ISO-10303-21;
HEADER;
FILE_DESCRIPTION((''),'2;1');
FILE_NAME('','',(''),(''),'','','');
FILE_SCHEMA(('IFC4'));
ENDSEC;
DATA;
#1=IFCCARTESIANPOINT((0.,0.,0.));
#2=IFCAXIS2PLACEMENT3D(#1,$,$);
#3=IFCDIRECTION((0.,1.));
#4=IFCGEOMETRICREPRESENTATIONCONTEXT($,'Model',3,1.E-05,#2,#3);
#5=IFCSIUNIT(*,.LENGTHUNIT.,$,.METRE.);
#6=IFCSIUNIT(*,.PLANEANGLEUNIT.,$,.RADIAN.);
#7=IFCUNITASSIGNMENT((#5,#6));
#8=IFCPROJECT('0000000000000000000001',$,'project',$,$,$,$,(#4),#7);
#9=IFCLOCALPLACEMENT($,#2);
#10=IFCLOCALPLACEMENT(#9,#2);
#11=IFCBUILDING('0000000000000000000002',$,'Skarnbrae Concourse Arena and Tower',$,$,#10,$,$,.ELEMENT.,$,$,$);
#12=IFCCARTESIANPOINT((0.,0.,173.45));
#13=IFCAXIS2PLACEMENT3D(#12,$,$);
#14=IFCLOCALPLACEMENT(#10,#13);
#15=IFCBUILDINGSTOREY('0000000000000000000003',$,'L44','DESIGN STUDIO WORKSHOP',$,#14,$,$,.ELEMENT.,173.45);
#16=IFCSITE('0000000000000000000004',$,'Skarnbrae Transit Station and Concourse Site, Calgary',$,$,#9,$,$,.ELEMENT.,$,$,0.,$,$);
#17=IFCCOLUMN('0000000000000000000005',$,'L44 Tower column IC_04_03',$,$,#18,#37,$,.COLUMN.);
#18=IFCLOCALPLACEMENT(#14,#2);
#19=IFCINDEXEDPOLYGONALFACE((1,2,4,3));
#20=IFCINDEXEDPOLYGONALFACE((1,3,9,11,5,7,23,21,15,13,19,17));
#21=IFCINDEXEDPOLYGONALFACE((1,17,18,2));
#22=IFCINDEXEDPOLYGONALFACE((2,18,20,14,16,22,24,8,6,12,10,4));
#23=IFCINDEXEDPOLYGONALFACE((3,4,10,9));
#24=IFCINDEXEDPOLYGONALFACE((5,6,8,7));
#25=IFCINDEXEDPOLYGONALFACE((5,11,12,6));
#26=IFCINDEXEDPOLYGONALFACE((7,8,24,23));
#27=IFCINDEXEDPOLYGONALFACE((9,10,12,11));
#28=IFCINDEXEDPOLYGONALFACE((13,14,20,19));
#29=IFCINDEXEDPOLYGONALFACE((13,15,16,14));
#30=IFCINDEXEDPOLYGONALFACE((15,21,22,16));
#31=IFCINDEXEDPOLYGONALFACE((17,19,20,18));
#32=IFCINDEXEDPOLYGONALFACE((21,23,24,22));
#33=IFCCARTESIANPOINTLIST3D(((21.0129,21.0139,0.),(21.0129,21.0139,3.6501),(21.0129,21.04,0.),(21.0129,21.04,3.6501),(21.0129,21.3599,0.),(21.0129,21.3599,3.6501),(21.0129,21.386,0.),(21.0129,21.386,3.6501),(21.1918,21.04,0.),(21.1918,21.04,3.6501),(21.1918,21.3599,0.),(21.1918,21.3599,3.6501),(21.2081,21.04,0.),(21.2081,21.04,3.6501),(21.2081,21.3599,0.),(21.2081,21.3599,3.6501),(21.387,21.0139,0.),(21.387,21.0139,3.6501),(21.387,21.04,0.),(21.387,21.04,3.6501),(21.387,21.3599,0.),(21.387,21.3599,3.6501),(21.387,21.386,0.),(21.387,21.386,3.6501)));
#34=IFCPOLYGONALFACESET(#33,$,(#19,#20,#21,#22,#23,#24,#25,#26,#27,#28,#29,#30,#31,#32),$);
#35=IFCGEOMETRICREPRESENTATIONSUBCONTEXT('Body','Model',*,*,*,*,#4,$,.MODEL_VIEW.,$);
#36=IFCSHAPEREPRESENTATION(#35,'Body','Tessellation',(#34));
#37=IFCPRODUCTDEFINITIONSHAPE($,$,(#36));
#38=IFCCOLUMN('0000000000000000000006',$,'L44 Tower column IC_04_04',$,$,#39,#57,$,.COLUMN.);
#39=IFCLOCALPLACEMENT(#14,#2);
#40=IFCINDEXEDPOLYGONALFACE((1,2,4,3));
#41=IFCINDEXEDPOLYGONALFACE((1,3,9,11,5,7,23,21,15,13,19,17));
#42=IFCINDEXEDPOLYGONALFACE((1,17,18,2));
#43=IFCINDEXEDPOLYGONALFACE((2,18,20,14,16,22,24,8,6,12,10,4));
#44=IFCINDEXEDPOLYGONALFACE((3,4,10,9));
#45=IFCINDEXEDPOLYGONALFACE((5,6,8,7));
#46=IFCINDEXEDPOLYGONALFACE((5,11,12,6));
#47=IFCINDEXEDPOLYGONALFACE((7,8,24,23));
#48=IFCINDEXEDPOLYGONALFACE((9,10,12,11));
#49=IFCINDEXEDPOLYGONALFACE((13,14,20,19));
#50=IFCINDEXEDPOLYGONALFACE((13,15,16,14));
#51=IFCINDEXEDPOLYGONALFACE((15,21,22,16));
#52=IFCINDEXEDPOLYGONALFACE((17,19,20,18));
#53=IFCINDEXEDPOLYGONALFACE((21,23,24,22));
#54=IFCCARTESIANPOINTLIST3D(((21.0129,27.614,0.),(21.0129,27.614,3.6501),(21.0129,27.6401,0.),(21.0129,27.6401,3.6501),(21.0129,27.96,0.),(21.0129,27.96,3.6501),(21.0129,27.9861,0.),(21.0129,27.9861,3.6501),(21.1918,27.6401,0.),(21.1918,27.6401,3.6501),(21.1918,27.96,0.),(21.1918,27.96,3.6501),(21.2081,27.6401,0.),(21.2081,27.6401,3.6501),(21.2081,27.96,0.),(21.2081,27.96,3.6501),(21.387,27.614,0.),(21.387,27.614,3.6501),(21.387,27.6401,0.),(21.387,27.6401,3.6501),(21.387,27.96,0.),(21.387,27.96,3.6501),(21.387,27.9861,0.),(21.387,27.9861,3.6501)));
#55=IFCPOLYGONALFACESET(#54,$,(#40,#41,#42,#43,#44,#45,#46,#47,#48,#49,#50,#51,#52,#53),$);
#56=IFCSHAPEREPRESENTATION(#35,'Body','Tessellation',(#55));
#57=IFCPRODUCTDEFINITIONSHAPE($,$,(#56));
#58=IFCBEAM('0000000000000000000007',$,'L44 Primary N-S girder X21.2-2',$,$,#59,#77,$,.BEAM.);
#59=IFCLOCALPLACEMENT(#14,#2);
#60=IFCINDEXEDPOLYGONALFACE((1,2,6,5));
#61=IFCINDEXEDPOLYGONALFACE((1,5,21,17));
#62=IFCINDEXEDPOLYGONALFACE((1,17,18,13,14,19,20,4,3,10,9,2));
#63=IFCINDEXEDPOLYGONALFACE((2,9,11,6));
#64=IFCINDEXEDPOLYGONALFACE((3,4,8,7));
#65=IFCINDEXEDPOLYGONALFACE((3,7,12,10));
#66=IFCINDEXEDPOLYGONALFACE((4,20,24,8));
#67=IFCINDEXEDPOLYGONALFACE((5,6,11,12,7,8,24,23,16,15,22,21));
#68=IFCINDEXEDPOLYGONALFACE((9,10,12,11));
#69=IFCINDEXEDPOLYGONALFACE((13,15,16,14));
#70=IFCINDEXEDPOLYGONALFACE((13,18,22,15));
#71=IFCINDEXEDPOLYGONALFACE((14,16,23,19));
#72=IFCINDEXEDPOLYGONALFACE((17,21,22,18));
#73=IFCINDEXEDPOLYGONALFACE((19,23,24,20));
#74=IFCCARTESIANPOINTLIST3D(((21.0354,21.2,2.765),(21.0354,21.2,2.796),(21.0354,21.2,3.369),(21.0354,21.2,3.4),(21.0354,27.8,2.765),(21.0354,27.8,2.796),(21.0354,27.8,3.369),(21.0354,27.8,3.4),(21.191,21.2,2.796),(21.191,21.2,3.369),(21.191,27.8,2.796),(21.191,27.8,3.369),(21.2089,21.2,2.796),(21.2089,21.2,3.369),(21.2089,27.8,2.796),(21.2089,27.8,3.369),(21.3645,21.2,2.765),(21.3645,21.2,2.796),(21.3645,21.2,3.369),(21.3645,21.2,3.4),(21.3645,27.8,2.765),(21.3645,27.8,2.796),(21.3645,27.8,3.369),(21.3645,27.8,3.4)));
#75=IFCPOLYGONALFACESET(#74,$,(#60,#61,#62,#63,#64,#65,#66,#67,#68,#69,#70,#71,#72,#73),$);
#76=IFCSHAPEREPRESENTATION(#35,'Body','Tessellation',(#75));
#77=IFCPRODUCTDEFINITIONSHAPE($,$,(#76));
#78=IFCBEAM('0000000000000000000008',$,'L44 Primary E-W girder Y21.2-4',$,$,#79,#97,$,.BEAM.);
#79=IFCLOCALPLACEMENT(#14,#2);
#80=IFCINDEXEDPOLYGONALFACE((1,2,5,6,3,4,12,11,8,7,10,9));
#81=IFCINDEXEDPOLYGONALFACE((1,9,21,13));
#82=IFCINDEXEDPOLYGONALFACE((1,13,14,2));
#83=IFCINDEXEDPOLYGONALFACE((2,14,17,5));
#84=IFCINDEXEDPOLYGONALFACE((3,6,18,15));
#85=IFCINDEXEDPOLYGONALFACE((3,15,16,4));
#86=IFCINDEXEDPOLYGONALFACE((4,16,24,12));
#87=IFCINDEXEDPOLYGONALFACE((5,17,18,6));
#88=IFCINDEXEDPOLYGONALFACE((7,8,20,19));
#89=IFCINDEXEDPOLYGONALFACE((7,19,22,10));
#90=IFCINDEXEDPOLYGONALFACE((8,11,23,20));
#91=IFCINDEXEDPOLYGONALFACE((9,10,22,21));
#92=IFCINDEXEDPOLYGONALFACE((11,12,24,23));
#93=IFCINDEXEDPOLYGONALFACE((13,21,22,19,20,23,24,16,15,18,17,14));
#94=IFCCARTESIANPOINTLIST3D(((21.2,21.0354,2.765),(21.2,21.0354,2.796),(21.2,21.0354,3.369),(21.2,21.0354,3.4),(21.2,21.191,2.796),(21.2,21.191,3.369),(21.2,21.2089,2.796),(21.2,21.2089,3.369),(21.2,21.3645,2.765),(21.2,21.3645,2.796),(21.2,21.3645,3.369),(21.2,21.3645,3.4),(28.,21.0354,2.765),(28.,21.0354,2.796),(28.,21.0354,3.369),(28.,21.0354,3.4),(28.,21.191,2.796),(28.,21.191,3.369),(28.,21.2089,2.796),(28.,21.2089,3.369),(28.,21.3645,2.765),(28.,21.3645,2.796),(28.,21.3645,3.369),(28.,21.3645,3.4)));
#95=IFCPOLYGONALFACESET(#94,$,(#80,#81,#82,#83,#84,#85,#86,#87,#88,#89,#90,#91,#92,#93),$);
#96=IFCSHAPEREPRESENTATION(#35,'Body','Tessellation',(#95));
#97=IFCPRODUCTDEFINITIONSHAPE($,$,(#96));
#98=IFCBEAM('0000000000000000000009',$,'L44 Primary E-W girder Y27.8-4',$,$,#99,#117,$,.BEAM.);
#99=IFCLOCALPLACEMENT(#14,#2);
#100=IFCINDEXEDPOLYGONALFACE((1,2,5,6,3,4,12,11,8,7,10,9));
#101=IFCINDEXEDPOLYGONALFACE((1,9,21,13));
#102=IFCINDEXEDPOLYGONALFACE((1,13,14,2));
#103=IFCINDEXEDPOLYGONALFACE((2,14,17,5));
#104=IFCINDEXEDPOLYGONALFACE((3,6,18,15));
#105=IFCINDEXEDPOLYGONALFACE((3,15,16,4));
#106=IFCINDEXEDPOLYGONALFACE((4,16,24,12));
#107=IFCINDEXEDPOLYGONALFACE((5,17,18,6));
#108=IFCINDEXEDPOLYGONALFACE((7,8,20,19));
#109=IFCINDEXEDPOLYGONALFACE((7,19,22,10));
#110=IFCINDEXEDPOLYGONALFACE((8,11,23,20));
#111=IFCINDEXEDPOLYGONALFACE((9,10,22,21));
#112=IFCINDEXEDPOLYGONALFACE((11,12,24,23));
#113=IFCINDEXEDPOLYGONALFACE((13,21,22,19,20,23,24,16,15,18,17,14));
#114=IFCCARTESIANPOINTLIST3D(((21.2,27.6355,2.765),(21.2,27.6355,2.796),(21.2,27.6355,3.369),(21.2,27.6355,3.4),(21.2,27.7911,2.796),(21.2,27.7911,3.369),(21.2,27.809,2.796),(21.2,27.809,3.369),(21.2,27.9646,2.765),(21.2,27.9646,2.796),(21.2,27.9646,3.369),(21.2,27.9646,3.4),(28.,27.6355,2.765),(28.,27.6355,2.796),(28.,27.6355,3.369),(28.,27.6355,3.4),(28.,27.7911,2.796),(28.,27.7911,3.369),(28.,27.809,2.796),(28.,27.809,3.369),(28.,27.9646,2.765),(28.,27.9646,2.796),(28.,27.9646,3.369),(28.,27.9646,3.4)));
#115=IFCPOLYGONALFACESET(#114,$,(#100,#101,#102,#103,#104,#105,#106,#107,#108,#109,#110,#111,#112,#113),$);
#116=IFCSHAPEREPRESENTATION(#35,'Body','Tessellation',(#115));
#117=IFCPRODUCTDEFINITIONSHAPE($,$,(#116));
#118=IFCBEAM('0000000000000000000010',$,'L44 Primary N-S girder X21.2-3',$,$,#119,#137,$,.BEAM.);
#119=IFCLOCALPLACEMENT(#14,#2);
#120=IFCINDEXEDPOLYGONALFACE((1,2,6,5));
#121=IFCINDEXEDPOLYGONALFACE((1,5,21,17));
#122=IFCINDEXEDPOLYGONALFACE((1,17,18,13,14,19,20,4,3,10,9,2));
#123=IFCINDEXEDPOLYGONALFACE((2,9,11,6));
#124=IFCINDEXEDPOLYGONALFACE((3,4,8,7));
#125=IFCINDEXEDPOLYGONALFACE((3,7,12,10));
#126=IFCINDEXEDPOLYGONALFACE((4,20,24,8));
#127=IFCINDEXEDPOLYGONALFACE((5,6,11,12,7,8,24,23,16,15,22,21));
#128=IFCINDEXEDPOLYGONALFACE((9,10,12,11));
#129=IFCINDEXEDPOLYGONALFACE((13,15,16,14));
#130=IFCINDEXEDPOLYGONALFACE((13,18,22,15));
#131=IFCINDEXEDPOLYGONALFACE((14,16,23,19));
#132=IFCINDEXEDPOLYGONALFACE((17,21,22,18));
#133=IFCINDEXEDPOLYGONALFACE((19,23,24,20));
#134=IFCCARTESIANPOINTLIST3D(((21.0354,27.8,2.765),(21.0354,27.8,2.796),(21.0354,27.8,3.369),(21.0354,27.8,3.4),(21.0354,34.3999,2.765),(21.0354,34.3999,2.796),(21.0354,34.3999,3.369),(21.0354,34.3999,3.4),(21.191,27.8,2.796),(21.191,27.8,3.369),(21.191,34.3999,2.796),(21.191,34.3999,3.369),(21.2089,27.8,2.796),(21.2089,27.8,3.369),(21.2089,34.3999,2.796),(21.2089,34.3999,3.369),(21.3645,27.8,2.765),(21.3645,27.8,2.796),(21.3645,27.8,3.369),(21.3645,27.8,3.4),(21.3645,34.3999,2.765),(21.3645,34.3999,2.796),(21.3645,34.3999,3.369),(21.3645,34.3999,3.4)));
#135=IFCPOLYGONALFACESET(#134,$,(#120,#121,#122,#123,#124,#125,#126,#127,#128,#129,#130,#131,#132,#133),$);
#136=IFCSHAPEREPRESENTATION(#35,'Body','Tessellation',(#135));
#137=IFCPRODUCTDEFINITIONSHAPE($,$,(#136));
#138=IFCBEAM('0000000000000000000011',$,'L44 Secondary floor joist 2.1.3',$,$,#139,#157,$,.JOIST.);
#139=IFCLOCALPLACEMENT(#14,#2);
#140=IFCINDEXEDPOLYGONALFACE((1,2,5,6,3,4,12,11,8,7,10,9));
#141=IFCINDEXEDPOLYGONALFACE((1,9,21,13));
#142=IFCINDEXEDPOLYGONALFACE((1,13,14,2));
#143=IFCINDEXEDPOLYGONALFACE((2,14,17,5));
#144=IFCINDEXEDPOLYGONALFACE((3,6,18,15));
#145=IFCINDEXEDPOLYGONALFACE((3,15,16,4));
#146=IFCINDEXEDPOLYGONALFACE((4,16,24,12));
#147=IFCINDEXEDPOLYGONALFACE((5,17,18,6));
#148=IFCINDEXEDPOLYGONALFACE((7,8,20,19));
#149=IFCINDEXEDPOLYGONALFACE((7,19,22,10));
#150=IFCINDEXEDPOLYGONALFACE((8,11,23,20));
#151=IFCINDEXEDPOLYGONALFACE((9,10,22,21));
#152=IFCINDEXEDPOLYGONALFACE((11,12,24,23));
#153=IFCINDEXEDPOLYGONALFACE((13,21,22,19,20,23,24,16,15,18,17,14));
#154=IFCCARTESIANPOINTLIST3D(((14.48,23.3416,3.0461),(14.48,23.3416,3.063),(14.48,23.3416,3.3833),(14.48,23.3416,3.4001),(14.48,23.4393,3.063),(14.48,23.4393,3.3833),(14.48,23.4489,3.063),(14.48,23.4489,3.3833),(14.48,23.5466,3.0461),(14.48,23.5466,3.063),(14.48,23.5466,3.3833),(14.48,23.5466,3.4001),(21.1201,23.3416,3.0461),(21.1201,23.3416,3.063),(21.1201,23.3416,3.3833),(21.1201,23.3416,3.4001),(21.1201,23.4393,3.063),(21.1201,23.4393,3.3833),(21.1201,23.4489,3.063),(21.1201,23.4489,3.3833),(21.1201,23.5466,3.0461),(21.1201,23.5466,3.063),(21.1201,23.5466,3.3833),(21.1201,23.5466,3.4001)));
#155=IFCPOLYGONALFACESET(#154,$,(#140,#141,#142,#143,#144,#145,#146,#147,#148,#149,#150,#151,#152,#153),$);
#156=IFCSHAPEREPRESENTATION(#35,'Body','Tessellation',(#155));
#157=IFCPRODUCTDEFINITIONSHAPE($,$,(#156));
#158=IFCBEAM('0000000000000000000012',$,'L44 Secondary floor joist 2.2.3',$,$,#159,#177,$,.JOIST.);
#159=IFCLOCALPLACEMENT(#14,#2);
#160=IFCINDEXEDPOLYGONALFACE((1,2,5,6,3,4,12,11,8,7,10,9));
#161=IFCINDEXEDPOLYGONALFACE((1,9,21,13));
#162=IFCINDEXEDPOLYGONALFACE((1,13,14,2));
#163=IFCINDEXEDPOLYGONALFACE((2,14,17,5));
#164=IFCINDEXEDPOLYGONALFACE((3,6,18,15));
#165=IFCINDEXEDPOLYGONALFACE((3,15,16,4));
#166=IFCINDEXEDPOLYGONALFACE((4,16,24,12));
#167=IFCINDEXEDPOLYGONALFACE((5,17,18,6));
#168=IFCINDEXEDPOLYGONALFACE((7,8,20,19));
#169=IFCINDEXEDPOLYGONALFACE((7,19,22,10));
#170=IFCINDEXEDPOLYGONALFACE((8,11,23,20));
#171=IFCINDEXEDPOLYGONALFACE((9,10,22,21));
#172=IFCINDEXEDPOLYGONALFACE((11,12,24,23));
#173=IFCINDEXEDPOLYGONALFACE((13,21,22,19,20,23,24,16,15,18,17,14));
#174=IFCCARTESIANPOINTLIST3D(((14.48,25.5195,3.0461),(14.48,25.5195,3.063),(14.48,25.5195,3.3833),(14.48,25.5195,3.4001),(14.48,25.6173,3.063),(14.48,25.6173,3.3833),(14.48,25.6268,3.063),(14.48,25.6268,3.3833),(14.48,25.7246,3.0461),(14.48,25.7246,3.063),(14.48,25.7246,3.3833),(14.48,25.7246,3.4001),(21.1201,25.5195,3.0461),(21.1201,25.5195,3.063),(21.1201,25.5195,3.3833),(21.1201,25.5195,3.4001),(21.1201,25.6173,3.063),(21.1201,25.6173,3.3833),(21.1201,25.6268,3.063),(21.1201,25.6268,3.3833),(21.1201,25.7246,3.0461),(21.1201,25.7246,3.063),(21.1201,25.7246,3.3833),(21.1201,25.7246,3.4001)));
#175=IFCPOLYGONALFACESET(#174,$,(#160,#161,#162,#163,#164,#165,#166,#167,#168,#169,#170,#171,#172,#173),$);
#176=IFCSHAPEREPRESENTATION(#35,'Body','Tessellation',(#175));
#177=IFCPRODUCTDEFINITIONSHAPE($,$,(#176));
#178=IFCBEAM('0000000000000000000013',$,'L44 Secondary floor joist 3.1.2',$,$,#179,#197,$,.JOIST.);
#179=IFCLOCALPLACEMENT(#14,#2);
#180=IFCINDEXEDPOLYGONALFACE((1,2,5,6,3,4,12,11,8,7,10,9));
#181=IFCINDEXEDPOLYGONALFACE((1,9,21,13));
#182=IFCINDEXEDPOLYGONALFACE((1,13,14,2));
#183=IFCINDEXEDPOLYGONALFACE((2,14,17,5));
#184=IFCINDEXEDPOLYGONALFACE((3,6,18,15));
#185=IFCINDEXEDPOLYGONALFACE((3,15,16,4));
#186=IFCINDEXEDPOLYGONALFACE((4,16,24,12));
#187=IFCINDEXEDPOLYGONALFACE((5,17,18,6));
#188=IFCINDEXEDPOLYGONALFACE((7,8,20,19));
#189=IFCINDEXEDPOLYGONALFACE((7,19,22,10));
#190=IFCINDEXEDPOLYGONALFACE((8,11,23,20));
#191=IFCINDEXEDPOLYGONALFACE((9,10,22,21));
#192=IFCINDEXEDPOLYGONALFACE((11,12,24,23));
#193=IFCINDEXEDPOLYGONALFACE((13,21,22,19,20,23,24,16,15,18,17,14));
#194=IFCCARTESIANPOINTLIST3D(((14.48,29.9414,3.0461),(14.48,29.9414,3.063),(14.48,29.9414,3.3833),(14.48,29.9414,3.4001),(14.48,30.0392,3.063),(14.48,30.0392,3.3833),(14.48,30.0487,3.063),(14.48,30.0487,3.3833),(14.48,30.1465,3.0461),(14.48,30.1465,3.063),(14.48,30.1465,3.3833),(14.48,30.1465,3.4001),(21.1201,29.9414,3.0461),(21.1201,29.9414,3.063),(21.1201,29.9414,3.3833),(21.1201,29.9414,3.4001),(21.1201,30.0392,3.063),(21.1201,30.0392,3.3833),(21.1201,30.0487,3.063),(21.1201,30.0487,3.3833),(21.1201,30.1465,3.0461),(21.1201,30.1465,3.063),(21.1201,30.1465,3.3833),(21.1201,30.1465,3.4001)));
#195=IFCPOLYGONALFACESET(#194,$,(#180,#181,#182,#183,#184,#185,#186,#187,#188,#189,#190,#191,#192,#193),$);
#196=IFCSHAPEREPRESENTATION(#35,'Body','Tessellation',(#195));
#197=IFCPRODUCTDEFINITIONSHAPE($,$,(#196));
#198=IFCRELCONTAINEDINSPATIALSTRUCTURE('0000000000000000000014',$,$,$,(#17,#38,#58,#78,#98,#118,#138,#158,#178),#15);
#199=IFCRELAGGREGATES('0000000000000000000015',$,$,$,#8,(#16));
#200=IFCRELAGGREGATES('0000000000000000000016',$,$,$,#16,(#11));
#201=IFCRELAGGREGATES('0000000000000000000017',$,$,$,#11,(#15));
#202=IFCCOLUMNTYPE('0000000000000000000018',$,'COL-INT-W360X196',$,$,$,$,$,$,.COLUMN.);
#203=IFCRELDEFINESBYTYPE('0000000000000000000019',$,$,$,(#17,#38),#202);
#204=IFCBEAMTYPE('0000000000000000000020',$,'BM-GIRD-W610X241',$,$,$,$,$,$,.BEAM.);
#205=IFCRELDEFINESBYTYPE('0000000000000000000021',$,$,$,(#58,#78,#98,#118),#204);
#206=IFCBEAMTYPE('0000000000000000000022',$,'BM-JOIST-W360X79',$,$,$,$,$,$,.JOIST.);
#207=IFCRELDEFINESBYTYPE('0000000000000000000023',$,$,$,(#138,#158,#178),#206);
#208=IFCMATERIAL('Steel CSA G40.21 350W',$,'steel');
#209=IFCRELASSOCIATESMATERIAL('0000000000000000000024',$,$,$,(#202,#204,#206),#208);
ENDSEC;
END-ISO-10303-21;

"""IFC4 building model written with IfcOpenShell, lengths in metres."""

from ifc_helpers import new_model, si_unit, direction, frame, origin, origin_2d, place, context, subcontext, project, spatial, i_section, extrude, source, transform, mapped, material, material_profile, profile_set, type_object, element, save


model = new_model("IFC4")

# Units and contexts
model_context = context("Model", 3, precision=1e-05, world=origin(), true_north=direction((0.0, 1.0)))
body_context = subcontext(model_context, "Body", "Model", "MODEL_VIEW")
ifc_project = project(units=[si_unit("LENGTHUNIT", "METRE"), si_unit("PLANEANGLEUNIT", "RADIAN")], contexts=[model_context])

# Site, building, storey
site_placement = place(None, origin())
site = spatial("IfcSite", under=ifc_project, at=site_placement, Name="Skarnbrae Transit Station and Concourse Site, Calgary", CompositionType="ELEMENT", RefElevation=0.0)
building_placement = place(site_placement, origin())
building = spatial("IfcBuilding", under=site, at=building_placement, Name="Skarnbrae Concourse Arena and Tower", CompositionType="ELEMENT")
storey_placement = place(building_placement, frame((0.0, 0.0, 173.45)))
storey = spatial("IfcBuildingStorey", under=building, at=storey_placement, Name="L44", Description="DESIGN STUDIO WORKSHOP", CompositionType="ELEMENT", Elevation=173.45)

# Columns
ifc_material_1 = material(Name="Steel CSA G40.21 350W", Category="steel")
ifc_material_profile_1 = material_profile(ifc_material_1, i_section(OverallWidth=0.374, OverallDepth=0.3721, WebThickness=0.0164, FlangeThickness=0.0261, at=origin_2d()), Name="W360X196")
ifc_profile_set_1 = profile_set([ifc_material_profile_1], Name="Steel CSA G40.21 350W")
column_type = type_object("IfcColumnType", Name="COL-INT-W360X196", PredefinedType="COLUMN", material=ifc_profile_set_1)
shared_shape_1 = source(origin(), body_context, "Body", "SweptSolid", [
    extrude(i_section(OverallWidth=0.374, OverallDepth=0.3721, WebThickness=0.0164, FlangeThickness=0.0261, at=origin_2d()), origin(), (0.0, 0.0, 1.0), 3.6501),
])
for number, where, z_axis, x_axis, name in (
    (1, (21.2, 21.2, 0.0), (0.0, 0.0, 1.0), (1.0, 0.0, 0.0), "L44 Tower column IC_04_03"),
    (2, (21.2, 27.8, 0.0), (0.0, 0.0, 1.0), (1.0, 0.0, 0.0), "L44 Tower column IC_04_04"),
):
    element("IfcColumn", number, at=place(storey_placement, frame(where, z_axis=z_axis, x_axis=x_axis)), inside=storey, type_object=column_type, Name=name, PredefinedType="COLUMN", context=body_context, shape_type="MappedRepresentation", body=[
        mapped(shared_shape_1, transform((0.0, 0.0, 0.0))),
    ])

# Beams
ifc_material_profile_2 = material_profile(ifc_material_1, i_section(OverallWidth=0.3291, OverallDepth=0.635, WebThickness=0.0178, FlangeThickness=0.031, at=origin_2d()), Name="W610X241")
ifc_profile_set_2 = profile_set([ifc_material_profile_2], Name="Steel CSA G40.21 350W")
beam_type_1 = type_object("IfcBeamType", Name="BM-GIRD-W610X241", PredefinedType="BEAM", material=ifc_profile_set_2)
shared_shape_2 = source(origin(), body_context, "Body", "SweptSolid", [
    extrude(i_section(OverallWidth=0.3291, OverallDepth=0.635, WebThickness=0.0178, FlangeThickness=0.031, at=origin_2d()), origin(), (0.0, 0.0, 1.0), 6.6001),
])
beam_1_placement = place(storey_placement, frame((21.2, 21.2, 3.0825), z_axis=(0.0, 1.0, 0.0), x_axis=(-1.0, 0.0, 0.0)))
element("IfcBeam", 3, at=beam_1_placement, inside=storey, type_object=beam_type_1, Name="L44 Primary N-S girder X21.2-2", PredefinedType="BEAM", context=body_context, shape_type="MappedRepresentation", body=[
    mapped(shared_shape_2, transform((0.0, 0.0, 0.0))),
])
shared_shape_3 = source(origin(), body_context, "Body", "SweptSolid", [
    extrude(i_section(OverallWidth=0.3291, OverallDepth=0.635, WebThickness=0.0178, FlangeThickness=0.031, at=origin_2d()), origin(), (0.0, 0.0, 1.0), 6.8),
])
for number, where, z_axis, x_axis, name in (
    (4, (21.2, 21.2, 3.0825), (1.0, 0.0, 0.0), (0.0, 1.0, 0.0), "L44 Primary E-W girder Y21.2-4"),
    (5, (21.2, 27.8, 3.0825), (1.0, 0.0, 0.0), (0.0, 1.0, 0.0), "L44 Primary E-W girder Y27.8-4"),
):
    element("IfcBeam", number, at=place(storey_placement, frame(where, z_axis=z_axis, x_axis=x_axis)), inside=storey, type_object=beam_type_1, Name=name, PredefinedType="BEAM", context=body_context, shape_type="MappedRepresentation", body=[
        mapped(shared_shape_3, transform((0.0, 0.0, 0.0))),
    ])
shared_shape_4 = source(origin(), body_context, "Body", "SweptSolid", [
    extrude(i_section(OverallWidth=0.3291, OverallDepth=0.635, WebThickness=0.0178, FlangeThickness=0.031, at=origin_2d()), origin(), (0.0, 0.0, 1.0), 6.5999),
])
beam_2_placement = place(storey_placement, frame((21.2, 27.8, 3.0825), z_axis=(0.0, 1.0, 0.0), x_axis=(-1.0, 0.0, 0.0)))
element("IfcBeam", 6, at=beam_2_placement, inside=storey, type_object=beam_type_1, Name="L44 Primary N-S girder X21.2-3", PredefinedType="BEAM", context=body_context, shape_type="MappedRepresentation", body=[
    mapped(shared_shape_4, transform((0.0, 0.0, 0.0))),
])
ifc_material_profile_3 = material_profile(ifc_material_1, i_section(OverallWidth=0.2051, OverallDepth=0.354, WebThickness=0.0095, FlangeThickness=0.0168, at=origin_2d()), Name="W360X79")
ifc_profile_set_3 = profile_set([ifc_material_profile_3], Name="Steel CSA G40.21 350W")
beam_type_2 = type_object("IfcBeamType", Name="BM-JOIST-W360X79", PredefinedType="JOIST", material=ifc_profile_set_3)
shared_shape_5 = source(origin(), body_context, "Body", "SweptSolid", [
    extrude(i_section(OverallWidth=0.2051, OverallDepth=0.354, WebThickness=0.0095, FlangeThickness=0.0168, at=origin_2d()), origin(), (0.0, 0.0, 1.0), 6.6401),
])
for number, where, z_axis, x_axis, name in (
    (7, (14.48, 23.4441, 3.2231), (1.0, 0.0, 0.0), (0.0, 1.0, 0.0), "L44 Secondary floor joist 2.1.3"),
    (8, (14.48, 25.6221, 3.2231), (1.0, 0.0, 0.0), (0.0, 1.0, 0.0), "L44 Secondary floor joist 2.2.3"),
    (9, (14.48, 30.0439, 3.2231), (1.0, 0.0, 0.0), (0.0, 1.0, 0.0), "L44 Secondary floor joist 3.1.2"),
):
    element("IfcBeam", number, at=place(storey_placement, frame(where, z_axis=z_axis, x_axis=x_axis)), inside=storey, type_object=beam_type_2, Name=name, PredefinedType="JOIST", context=body_context, shape_type="MappedRepresentation", body=[
        mapped(shared_shape_5, transform((0.0, 0.0, 0.0))),
    ])

save(model, "model.ifc")
